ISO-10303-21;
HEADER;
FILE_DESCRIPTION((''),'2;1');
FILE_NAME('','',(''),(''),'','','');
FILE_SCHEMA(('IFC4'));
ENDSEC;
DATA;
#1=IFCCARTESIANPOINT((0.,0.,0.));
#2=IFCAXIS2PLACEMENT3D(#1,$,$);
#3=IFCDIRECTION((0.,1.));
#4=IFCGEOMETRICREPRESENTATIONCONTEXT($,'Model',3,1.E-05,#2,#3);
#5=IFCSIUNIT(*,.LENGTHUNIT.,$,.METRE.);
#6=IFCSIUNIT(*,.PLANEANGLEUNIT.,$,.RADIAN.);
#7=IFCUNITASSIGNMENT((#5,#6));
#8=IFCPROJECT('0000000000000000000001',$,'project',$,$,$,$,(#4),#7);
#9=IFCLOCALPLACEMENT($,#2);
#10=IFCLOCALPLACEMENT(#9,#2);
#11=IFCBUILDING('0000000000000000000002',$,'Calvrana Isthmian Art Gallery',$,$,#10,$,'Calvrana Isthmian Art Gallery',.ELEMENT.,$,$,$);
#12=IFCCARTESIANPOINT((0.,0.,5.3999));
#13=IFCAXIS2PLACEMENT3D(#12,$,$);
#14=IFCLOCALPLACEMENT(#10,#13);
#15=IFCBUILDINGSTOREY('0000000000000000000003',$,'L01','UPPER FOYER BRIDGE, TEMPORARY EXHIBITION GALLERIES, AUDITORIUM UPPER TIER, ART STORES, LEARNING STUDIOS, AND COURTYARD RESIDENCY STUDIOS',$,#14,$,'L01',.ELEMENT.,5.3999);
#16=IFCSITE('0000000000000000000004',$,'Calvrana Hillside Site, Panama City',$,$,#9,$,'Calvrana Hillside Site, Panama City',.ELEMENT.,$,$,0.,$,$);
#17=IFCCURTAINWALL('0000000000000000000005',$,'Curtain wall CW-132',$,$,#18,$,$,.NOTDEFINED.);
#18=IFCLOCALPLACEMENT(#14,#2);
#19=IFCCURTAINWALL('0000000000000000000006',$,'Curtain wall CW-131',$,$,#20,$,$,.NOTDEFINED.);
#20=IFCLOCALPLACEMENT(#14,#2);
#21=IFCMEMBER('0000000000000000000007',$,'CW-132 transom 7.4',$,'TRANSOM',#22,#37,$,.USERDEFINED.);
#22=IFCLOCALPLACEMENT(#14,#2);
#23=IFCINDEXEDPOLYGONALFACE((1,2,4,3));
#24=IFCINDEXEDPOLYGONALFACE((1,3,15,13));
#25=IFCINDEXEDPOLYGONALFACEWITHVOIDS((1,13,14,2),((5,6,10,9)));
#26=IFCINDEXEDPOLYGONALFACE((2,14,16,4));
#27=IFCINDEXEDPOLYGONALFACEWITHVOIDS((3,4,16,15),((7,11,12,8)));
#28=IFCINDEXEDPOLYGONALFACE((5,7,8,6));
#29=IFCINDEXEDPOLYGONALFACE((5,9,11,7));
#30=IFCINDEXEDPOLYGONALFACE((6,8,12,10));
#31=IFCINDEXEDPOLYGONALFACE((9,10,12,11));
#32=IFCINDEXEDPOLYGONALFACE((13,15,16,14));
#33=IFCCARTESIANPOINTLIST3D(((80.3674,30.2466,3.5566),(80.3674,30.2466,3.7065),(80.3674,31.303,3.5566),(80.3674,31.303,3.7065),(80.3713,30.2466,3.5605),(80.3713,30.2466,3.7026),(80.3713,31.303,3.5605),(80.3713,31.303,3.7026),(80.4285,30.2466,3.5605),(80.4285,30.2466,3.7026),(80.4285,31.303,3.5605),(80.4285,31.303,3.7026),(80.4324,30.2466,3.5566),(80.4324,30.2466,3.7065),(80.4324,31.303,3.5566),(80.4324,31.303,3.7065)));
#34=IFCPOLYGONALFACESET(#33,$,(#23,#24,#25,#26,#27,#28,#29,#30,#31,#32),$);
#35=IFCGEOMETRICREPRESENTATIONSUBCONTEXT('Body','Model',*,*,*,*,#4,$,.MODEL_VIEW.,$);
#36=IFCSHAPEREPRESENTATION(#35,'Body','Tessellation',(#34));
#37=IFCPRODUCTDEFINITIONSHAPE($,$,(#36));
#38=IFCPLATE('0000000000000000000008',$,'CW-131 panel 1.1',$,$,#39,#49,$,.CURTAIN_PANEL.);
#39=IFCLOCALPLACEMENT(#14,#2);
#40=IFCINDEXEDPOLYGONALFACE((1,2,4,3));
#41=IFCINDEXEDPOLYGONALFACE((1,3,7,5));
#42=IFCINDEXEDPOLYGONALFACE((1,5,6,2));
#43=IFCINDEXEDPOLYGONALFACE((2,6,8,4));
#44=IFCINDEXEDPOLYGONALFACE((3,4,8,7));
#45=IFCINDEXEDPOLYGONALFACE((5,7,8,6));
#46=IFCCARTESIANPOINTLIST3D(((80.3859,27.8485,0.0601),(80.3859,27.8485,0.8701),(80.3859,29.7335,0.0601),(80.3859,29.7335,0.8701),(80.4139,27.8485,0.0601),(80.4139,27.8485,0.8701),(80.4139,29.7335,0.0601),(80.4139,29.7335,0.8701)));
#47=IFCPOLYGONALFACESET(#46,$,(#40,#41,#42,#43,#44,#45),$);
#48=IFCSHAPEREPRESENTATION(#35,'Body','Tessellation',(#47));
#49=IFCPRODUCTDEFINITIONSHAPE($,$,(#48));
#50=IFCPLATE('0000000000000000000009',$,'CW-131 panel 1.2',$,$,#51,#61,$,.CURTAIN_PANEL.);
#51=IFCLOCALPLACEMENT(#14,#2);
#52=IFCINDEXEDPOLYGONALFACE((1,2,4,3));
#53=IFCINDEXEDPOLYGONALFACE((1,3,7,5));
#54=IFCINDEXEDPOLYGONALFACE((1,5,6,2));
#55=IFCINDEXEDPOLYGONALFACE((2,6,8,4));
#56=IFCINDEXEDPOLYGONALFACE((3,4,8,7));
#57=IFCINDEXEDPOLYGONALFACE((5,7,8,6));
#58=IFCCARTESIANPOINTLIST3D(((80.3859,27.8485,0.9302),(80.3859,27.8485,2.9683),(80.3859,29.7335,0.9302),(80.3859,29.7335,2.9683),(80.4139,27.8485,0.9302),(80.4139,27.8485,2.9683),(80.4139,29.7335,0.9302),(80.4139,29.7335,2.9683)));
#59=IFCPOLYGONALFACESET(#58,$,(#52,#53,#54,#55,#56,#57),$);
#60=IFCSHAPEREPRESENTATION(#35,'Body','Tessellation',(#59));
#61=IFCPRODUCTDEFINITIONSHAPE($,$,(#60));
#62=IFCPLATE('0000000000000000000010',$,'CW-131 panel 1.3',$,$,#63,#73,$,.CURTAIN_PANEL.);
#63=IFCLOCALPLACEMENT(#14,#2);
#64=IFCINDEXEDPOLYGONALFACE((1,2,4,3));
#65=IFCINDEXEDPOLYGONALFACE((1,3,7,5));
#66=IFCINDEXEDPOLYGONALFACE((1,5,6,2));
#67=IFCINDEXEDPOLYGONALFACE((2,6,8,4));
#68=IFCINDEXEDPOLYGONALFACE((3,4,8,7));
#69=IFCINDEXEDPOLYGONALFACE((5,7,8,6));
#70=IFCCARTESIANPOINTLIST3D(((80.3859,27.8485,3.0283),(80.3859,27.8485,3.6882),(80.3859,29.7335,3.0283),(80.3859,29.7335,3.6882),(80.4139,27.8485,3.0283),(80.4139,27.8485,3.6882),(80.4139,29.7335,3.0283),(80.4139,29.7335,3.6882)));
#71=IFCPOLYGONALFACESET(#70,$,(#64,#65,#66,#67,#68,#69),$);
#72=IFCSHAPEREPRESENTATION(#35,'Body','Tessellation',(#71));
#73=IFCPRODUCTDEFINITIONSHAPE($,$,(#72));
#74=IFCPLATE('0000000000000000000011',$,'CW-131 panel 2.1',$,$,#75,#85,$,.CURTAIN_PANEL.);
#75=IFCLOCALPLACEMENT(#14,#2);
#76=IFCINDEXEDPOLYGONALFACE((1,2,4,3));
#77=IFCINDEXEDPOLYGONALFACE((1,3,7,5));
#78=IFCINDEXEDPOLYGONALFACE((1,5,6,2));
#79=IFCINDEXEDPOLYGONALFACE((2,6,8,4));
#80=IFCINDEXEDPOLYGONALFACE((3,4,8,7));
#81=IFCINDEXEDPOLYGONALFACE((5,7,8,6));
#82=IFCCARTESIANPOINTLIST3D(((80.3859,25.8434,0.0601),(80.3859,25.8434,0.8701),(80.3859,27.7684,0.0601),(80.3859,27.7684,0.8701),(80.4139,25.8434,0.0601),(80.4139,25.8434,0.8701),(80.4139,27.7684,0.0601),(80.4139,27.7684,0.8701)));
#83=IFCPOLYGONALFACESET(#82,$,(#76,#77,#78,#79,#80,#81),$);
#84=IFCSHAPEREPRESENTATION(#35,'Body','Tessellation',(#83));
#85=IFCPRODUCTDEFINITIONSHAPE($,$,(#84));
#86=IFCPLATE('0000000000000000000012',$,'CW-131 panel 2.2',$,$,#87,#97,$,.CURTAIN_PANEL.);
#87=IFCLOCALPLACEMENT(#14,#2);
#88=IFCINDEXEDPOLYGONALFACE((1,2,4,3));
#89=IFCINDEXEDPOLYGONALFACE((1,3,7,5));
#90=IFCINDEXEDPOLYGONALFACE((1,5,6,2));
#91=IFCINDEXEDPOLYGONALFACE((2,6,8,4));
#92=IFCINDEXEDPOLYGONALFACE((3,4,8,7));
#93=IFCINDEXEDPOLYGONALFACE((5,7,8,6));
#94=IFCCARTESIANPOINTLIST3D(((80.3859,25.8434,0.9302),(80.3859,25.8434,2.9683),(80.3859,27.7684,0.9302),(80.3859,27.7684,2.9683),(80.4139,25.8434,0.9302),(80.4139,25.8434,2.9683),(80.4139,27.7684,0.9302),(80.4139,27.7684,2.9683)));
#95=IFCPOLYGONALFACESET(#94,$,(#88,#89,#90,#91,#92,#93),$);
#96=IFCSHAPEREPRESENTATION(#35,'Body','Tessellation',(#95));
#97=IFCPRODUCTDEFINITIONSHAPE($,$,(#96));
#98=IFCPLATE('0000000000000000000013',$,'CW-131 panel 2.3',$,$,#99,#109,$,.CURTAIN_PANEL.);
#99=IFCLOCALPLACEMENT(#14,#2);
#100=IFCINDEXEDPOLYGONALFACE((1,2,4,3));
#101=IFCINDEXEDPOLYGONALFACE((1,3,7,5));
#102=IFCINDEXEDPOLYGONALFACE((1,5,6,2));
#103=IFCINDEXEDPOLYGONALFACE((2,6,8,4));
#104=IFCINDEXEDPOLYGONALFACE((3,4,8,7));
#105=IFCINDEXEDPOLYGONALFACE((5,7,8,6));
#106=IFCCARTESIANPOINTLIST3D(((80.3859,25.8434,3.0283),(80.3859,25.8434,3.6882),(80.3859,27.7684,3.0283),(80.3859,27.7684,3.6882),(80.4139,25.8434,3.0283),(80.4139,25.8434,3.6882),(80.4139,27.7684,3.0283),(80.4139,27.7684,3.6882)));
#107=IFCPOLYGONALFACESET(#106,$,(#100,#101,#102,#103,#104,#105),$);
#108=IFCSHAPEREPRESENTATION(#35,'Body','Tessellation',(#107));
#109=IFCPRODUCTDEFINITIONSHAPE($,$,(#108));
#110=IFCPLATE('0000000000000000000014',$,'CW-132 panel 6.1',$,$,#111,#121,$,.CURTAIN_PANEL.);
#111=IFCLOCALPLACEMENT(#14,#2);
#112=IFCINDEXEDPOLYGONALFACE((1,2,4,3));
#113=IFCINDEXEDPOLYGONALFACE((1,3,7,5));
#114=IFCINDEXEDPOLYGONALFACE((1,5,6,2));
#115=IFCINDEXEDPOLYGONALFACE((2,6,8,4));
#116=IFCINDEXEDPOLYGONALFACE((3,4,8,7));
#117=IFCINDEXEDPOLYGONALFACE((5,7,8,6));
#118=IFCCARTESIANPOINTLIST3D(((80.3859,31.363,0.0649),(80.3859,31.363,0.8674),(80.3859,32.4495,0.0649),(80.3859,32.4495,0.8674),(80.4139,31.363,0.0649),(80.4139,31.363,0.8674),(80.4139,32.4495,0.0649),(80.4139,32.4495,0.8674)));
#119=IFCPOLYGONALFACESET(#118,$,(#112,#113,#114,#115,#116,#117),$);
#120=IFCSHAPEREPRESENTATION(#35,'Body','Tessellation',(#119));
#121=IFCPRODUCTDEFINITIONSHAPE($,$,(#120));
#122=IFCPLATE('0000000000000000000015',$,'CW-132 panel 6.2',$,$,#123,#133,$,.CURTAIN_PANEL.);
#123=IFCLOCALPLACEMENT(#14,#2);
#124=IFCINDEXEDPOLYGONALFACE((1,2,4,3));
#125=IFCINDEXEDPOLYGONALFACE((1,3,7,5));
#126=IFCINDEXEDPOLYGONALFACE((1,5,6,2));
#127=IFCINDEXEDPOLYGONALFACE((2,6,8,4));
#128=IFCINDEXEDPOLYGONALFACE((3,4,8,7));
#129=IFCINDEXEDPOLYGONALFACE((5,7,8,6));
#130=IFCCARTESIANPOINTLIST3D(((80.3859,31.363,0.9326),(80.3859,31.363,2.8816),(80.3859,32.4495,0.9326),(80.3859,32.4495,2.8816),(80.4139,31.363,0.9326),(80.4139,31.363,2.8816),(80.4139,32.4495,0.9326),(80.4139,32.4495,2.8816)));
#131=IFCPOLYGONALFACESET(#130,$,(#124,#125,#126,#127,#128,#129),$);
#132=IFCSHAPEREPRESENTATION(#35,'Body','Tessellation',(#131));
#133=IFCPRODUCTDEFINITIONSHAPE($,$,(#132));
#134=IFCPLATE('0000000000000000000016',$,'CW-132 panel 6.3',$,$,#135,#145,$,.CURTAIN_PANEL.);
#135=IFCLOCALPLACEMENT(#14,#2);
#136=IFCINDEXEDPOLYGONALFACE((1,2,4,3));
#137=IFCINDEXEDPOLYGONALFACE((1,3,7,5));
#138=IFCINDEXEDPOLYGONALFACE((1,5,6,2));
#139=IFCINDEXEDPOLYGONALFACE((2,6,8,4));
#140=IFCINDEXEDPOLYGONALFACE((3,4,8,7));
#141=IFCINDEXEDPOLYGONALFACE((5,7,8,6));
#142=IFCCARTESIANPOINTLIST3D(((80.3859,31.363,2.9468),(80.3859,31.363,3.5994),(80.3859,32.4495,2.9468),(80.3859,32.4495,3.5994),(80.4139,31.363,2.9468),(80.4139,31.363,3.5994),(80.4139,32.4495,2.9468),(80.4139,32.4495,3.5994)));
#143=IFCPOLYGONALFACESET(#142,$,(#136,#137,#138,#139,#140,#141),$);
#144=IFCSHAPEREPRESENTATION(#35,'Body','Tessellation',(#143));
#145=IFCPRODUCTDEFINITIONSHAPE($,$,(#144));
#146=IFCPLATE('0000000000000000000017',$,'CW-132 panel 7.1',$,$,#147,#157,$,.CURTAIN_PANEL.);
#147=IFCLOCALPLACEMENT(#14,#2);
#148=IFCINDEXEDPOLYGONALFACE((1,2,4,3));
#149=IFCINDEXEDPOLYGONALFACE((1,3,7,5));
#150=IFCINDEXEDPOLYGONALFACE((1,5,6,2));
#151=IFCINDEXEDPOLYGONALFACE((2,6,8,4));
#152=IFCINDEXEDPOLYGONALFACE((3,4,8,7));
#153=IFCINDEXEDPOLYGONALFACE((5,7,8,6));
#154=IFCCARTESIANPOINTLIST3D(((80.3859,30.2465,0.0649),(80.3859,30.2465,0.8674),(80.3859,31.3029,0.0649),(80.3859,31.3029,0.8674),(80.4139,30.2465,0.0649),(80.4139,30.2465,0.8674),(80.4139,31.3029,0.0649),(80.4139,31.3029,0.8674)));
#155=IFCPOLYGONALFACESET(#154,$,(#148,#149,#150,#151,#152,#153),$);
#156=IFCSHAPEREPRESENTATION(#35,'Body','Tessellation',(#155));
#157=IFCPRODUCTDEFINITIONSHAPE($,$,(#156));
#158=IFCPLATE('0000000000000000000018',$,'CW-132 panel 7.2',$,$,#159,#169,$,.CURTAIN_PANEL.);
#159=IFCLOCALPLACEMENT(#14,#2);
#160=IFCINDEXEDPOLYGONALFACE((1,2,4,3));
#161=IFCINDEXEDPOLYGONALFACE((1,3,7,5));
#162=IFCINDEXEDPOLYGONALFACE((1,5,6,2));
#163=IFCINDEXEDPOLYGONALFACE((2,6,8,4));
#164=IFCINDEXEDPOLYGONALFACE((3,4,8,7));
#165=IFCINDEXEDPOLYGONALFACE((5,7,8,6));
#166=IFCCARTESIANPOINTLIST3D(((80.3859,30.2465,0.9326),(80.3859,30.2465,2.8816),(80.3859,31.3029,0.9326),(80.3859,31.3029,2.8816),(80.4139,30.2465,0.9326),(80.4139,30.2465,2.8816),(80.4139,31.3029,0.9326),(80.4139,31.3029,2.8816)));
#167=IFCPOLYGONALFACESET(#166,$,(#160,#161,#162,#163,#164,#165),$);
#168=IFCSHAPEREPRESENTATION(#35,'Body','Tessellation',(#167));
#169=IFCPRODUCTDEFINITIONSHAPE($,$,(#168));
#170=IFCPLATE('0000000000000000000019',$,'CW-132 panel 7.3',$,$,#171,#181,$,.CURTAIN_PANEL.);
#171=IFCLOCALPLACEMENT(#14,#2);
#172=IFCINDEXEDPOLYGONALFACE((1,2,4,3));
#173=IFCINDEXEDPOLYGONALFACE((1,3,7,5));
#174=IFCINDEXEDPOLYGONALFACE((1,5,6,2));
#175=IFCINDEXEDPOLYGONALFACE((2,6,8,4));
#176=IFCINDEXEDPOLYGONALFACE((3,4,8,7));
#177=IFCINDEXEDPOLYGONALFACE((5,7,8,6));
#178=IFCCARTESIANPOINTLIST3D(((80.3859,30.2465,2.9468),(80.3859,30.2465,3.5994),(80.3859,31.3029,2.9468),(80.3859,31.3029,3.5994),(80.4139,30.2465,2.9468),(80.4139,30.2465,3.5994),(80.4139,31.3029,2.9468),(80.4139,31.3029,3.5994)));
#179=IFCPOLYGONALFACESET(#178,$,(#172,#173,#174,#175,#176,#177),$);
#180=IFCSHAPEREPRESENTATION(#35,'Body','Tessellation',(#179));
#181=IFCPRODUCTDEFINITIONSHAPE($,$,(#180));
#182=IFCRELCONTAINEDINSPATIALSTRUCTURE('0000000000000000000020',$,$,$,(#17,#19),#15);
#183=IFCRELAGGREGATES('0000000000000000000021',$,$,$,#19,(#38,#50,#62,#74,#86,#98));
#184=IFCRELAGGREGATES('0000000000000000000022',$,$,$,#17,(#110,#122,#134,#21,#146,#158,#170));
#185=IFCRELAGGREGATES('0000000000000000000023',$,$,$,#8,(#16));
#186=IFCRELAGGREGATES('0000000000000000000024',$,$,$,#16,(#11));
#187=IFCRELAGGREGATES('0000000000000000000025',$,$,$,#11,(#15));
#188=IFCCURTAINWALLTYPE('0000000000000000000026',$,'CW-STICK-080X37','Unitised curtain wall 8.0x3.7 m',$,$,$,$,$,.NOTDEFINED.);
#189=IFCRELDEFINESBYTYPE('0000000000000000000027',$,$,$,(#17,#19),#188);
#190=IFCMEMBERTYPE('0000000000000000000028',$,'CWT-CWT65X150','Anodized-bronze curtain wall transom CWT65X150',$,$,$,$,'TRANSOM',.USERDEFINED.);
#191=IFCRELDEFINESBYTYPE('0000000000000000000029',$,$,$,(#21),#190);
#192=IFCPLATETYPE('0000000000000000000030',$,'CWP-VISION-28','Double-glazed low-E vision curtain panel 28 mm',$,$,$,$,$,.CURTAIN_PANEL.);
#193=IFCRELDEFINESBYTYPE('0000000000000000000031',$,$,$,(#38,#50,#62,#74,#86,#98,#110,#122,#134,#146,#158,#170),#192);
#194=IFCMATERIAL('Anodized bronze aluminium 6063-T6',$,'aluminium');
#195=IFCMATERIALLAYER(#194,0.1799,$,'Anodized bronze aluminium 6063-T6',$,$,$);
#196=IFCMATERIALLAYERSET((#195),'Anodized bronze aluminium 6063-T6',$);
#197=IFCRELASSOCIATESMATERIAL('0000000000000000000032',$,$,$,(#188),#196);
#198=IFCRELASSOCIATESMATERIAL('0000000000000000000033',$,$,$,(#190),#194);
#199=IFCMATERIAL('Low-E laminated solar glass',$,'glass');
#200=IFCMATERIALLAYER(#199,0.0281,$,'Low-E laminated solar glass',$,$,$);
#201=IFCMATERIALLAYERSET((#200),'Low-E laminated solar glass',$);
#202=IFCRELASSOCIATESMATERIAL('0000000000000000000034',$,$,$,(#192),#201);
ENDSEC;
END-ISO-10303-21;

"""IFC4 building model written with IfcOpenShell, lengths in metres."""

from ifc_helpers import new_model, si_unit, direction, frame, origin, origin_2d, place, context, subcontext, project, spatial, rectangle, hollow_rectangle, extrude, material, layer, layer_set, material_profile, profile_set, type_object, element, aggregate, save


model = new_model("IFC4")

# Units and contexts
model_context = context("Model", 3, precision=1e-05, world=origin(), true_north=direction((0.0, 1.0)))
body_context = subcontext(model_context, "Body", "Model", "MODEL_VIEW")
ifc_project = project(units=[si_unit("LENGTHUNIT", "METRE"), si_unit("PLANEANGLEUNIT", "RADIAN")], contexts=[model_context])

# Site, building, storey
site_placement = place(None, origin())
site = spatial("IfcSite", under=ifc_project, at=site_placement, Name="Calvrana Hillside Site, Panama City", LongName="Calvrana Hillside Site, Panama City", CompositionType="ELEMENT", RefElevation=0.0)
building_placement = place(site_placement, origin())
building = spatial("IfcBuilding", under=site, at=building_placement, Name="Calvrana Isthmian Art Gallery", LongName="Calvrana Isthmian Art Gallery", CompositionType="ELEMENT")
storey_placement = place(building_placement, frame((0.0, 0.0, 5.3999)))
storey = spatial("IfcBuildingStorey", under=building, at=storey_placement, Name="L01", Description="UPPER FOYER BRIDGE, TEMPORARY EXHIBITION GALLERIES, AUDITORIUM UPPER TIER, ART STORES, LEARNING STUDIOS, AND COURTYARD RESIDENCY STUDIOS", LongName="L01", CompositionType="ELEMENT", Elevation=5.3999)

# Curtain walls
ifc_material_1 = material(Name="Anodized bronze aluminium 6063-T6", Category="aluminium")
ifc_layer_1 = layer(ifc_material_1, 0.1799, Name="Anodized bronze aluminium 6063-T6")
ifc_layer_set_1 = layer_set([ifc_layer_1], Name="Anodized bronze aluminium 6063-T6")
curtain_wall_type = type_object("IfcCurtainWallType", Name="CW-STICK-080X37", Description="Unitised curtain wall 8.0x3.7 m", PredefinedType="NOTDEFINED", material=ifc_layer_set_1)
curtain_wall_1_placement = place(storey_placement, origin())
curtain_wall_1 = element("IfcCurtainWall", 1, at=curtain_wall_1_placement, inside=storey, type_object=curtain_wall_type, Name="Curtain wall CW-132", PredefinedType="NOTDEFINED")
curtain_wall_2_placement = place(storey_placement, origin())
curtain_wall_2 = element("IfcCurtainWall", 2, at=curtain_wall_2_placement, inside=storey, type_object=curtain_wall_type, Name="Curtain wall CW-131", PredefinedType="NOTDEFINED")

# Member
ifc_material_profile_1 = material_profile(ifc_material_1, hollow_rectangle(XDim=0.0649, YDim=0.1499, WallThickness=0.0039, at=origin_2d()), Name="CWT65X150")
ifc_profile_set_1 = profile_set([ifc_material_profile_1], Name="Anodized bronze aluminium 6063-T6")
member_type_1 = type_object("IfcMemberType", Name="CWT-CWT65X150", Description="Anodized-bronze curtain wall transom CWT65X150", ElementType="TRANSOM", PredefinedType="USERDEFINED", material=ifc_profile_set_1)
member_1_placement = place(storey_placement, frame((80.3999, 31.303, 3.6316), z_axis=(0.0, -1.0, 0.0), x_axis=(1.0, 0.0, 0.0)))
member_1 = element("IfcMember", 3, at=member_1_placement, type_object=member_type_1, Name="CW-132 transom 7.4", ObjectType="TRANSOM", PredefinedType="USERDEFINED", context=body_context, shape_type="SweptSolid", body=[
    extrude(hollow_rectangle(XDim=0.0649, YDim=0.1499, WallThickness=0.0039, at=origin_2d()), origin(), (0.0, 0.0, 1.0), 1.0564),
])

# Plates
ifc_material_2 = material(Name="Low-E laminated solar glass", Category="glass")
ifc_layer_2 = layer(ifc_material_2, 0.0281, Name="Low-E laminated solar glass")
ifc_layer_set_2 = layer_set([ifc_layer_2], Name="Low-E laminated solar glass")
plate_type = type_object("IfcPlateType", Name="CWP-VISION-28", Description="Double-glazed low-E vision curtain panel 28 mm", PredefinedType="CURTAIN_PANEL", material=ifc_layer_set_2)
plate_1_placement = place(storey_placement, frame((80.3999, 28.791, 0.0601), z_axis=(0.0, 0.0, 1.0), x_axis=(0.0, -1.0, 0.0)))
plate_1 = element("IfcPlate", 4, at=plate_1_placement, type_object=plate_type, Name="CW-131 panel 1.1", PredefinedType="CURTAIN_PANEL", context=body_context, shape_type="SweptSolid", body=[
    extrude(rectangle(XDim=1.885, YDim=0.0281, at=origin_2d()), origin(), (0.0, 0.0, 1.0), 0.8101),
])
plate_2_placement = place(storey_placement, frame((80.3999, 28.791, 0.9302), z_axis=(0.0, 0.0, 1.0), x_axis=(0.0, -1.0, 0.0)))
plate_2 = element("IfcPlate", 5, at=plate_2_placement, type_object=plate_type, Name="CW-131 panel 1.2", PredefinedType="CURTAIN_PANEL", context=body_context, shape_type="SweptSolid", body=[
    extrude(rectangle(XDim=1.885, YDim=0.0281, at=origin_2d()), origin(), (0.0, 0.0, 1.0), 2.0381),
])
plate_3_placement = place(storey_placement, frame((80.3999, 28.791, 3.0283), z_axis=(0.0, 0.0, 1.0), x_axis=(0.0, -1.0, 0.0)))
plate_3 = element("IfcPlate", 6, at=plate_3_placement, type_object=plate_type, Name="CW-131 panel 1.3", PredefinedType="CURTAIN_PANEL", context=body_context, shape_type="SweptSolid", body=[
    extrude(rectangle(XDim=1.885, YDim=0.0281, at=origin_2d()), origin(), (0.0, 0.0, 1.0), 0.6599),
])
plate_4_placement = place(storey_placement, frame((80.3999, 26.8059, 0.0601), z_axis=(0.0, 0.0, 1.0), x_axis=(0.0, -1.0, 0.0)))
plate_4 = element("IfcPlate", 7, at=plate_4_placement, type_object=plate_type, Name="CW-131 panel 2.1", PredefinedType="CURTAIN_PANEL", context=body_context, shape_type="SweptSolid", body=[
    extrude(rectangle(XDim=1.925, YDim=0.0281, at=origin_2d()), origin(), (0.0, 0.0, 1.0), 0.8101),
])
plate_5_placement = place(storey_placement, frame((80.3999, 26.8059, 0.9302), z_axis=(0.0, 0.0, 1.0), x_axis=(0.0, -1.0, 0.0)))
plate_5 = element("IfcPlate", 8, at=plate_5_placement, type_object=plate_type, Name="CW-131 panel 2.2", PredefinedType="CURTAIN_PANEL", context=body_context, shape_type="SweptSolid", body=[
    extrude(rectangle(XDim=1.925, YDim=0.0281, at=origin_2d()), origin(), (0.0, 0.0, 1.0), 2.0381),
])
plate_6_placement = place(storey_placement, frame((80.3999, 26.8059, 3.0283), z_axis=(0.0, 0.0, 1.0), x_axis=(0.0, -1.0, 0.0)))
plate_6 = element("IfcPlate", 9, at=plate_6_placement, type_object=plate_type, Name="CW-131 panel 2.3", PredefinedType="CURTAIN_PANEL", context=body_context, shape_type="SweptSolid", body=[
    extrude(rectangle(XDim=1.925, YDim=0.0281, at=origin_2d()), origin(), (0.0, 0.0, 1.0), 0.6599),
])
aggregate(curtain_wall_2, [plate_1, plate_2, plate_3, plate_4, plate_5, plate_6])
plate_7_placement = place(storey_placement, frame((80.3999, 31.9062, 0.0649), z_axis=(0.0, 0.0, 1.0), x_axis=(0.0, -1.0, 0.0)))
plate_7 = element("IfcPlate", 10, at=plate_7_placement, type_object=plate_type, Name="CW-132 panel 6.1", PredefinedType="CURTAIN_PANEL", context=body_context, shape_type="SweptSolid", body=[
    extrude(rectangle(XDim=1.0864, YDim=0.0281, at=origin_2d()), origin(), (0.0, 0.0, 1.0), 0.8025),
])
plate_8_placement = place(storey_placement, frame((80.3999, 31.9062, 0.9326), z_axis=(0.0, 0.0, 1.0), x_axis=(0.0, -1.0, 0.0)))
plate_8 = element("IfcPlate", 11, at=plate_8_placement, type_object=plate_type, Name="CW-132 panel 6.2", PredefinedType="CURTAIN_PANEL", context=body_context, shape_type="SweptSolid", body=[
    extrude(rectangle(XDim=1.0864, YDim=0.0281, at=origin_2d()), origin(), (0.0, 0.0, 1.0), 1.949),
])
plate_9_placement = place(storey_placement, frame((80.3999, 31.9062, 2.9468), z_axis=(0.0, 0.0, 1.0), x_axis=(0.0, -1.0, 0.0)))
plate_9 = element("IfcPlate", 12, at=plate_9_placement, type_object=plate_type, Name="CW-132 panel 6.3", PredefinedType="CURTAIN_PANEL", context=body_context, shape_type="SweptSolid", body=[
    extrude(rectangle(XDim=1.0864, YDim=0.0281, at=origin_2d()), origin(), (0.0, 0.0, 1.0), 0.6526),
])
plate_10_placement = place(storey_placement, frame((80.3999, 30.7747, 0.0649), z_axis=(0.0, 0.0, 1.0), x_axis=(0.0, -1.0, 0.0)))
plate_10 = element("IfcPlate", 13, at=plate_10_placement, type_object=plate_type, Name="CW-132 panel 7.1", PredefinedType="CURTAIN_PANEL", context=body_context, shape_type="SweptSolid", body=[
    extrude(rectangle(XDim=1.0564, YDim=0.0281, at=origin_2d()), origin(), (0.0, 0.0, 1.0), 0.8025),
])
plate_11_placement = place(storey_placement, frame((80.3999, 30.7747, 0.9326), z_axis=(0.0, 0.0, 1.0), x_axis=(0.0, -1.0, 0.0)))
plate_11 = element("IfcPlate", 14, at=plate_11_placement, type_object=plate_type, Name="CW-132 panel 7.2", PredefinedType="CURTAIN_PANEL", context=body_context, shape_type="SweptSolid", body=[
    extrude(rectangle(XDim=1.0564, YDim=0.0281, at=origin_2d()), origin(), (0.0, 0.0, 1.0), 1.949),
])
plate_12_placement = place(storey_placement, frame((80.3999, 30.7747, 2.9468), z_axis=(0.0, 0.0, 1.0), x_axis=(0.0, -1.0, 0.0)))
plate_12 = element("IfcPlate", 15, at=plate_12_placement, type_object=plate_type, Name="CW-132 panel 7.3", PredefinedType="CURTAIN_PANEL", context=body_context, shape_type="SweptSolid", body=[
    extrude(rectangle(XDim=1.0564, YDim=0.0281, at=origin_2d()), origin(), (0.0, 0.0, 1.0), 0.6526),
])
aggregate(curtain_wall_1, [plate_7, plate_8, plate_9, member_1, plate_10, plate_11, plate_12])

save(model, "model.ifc")
